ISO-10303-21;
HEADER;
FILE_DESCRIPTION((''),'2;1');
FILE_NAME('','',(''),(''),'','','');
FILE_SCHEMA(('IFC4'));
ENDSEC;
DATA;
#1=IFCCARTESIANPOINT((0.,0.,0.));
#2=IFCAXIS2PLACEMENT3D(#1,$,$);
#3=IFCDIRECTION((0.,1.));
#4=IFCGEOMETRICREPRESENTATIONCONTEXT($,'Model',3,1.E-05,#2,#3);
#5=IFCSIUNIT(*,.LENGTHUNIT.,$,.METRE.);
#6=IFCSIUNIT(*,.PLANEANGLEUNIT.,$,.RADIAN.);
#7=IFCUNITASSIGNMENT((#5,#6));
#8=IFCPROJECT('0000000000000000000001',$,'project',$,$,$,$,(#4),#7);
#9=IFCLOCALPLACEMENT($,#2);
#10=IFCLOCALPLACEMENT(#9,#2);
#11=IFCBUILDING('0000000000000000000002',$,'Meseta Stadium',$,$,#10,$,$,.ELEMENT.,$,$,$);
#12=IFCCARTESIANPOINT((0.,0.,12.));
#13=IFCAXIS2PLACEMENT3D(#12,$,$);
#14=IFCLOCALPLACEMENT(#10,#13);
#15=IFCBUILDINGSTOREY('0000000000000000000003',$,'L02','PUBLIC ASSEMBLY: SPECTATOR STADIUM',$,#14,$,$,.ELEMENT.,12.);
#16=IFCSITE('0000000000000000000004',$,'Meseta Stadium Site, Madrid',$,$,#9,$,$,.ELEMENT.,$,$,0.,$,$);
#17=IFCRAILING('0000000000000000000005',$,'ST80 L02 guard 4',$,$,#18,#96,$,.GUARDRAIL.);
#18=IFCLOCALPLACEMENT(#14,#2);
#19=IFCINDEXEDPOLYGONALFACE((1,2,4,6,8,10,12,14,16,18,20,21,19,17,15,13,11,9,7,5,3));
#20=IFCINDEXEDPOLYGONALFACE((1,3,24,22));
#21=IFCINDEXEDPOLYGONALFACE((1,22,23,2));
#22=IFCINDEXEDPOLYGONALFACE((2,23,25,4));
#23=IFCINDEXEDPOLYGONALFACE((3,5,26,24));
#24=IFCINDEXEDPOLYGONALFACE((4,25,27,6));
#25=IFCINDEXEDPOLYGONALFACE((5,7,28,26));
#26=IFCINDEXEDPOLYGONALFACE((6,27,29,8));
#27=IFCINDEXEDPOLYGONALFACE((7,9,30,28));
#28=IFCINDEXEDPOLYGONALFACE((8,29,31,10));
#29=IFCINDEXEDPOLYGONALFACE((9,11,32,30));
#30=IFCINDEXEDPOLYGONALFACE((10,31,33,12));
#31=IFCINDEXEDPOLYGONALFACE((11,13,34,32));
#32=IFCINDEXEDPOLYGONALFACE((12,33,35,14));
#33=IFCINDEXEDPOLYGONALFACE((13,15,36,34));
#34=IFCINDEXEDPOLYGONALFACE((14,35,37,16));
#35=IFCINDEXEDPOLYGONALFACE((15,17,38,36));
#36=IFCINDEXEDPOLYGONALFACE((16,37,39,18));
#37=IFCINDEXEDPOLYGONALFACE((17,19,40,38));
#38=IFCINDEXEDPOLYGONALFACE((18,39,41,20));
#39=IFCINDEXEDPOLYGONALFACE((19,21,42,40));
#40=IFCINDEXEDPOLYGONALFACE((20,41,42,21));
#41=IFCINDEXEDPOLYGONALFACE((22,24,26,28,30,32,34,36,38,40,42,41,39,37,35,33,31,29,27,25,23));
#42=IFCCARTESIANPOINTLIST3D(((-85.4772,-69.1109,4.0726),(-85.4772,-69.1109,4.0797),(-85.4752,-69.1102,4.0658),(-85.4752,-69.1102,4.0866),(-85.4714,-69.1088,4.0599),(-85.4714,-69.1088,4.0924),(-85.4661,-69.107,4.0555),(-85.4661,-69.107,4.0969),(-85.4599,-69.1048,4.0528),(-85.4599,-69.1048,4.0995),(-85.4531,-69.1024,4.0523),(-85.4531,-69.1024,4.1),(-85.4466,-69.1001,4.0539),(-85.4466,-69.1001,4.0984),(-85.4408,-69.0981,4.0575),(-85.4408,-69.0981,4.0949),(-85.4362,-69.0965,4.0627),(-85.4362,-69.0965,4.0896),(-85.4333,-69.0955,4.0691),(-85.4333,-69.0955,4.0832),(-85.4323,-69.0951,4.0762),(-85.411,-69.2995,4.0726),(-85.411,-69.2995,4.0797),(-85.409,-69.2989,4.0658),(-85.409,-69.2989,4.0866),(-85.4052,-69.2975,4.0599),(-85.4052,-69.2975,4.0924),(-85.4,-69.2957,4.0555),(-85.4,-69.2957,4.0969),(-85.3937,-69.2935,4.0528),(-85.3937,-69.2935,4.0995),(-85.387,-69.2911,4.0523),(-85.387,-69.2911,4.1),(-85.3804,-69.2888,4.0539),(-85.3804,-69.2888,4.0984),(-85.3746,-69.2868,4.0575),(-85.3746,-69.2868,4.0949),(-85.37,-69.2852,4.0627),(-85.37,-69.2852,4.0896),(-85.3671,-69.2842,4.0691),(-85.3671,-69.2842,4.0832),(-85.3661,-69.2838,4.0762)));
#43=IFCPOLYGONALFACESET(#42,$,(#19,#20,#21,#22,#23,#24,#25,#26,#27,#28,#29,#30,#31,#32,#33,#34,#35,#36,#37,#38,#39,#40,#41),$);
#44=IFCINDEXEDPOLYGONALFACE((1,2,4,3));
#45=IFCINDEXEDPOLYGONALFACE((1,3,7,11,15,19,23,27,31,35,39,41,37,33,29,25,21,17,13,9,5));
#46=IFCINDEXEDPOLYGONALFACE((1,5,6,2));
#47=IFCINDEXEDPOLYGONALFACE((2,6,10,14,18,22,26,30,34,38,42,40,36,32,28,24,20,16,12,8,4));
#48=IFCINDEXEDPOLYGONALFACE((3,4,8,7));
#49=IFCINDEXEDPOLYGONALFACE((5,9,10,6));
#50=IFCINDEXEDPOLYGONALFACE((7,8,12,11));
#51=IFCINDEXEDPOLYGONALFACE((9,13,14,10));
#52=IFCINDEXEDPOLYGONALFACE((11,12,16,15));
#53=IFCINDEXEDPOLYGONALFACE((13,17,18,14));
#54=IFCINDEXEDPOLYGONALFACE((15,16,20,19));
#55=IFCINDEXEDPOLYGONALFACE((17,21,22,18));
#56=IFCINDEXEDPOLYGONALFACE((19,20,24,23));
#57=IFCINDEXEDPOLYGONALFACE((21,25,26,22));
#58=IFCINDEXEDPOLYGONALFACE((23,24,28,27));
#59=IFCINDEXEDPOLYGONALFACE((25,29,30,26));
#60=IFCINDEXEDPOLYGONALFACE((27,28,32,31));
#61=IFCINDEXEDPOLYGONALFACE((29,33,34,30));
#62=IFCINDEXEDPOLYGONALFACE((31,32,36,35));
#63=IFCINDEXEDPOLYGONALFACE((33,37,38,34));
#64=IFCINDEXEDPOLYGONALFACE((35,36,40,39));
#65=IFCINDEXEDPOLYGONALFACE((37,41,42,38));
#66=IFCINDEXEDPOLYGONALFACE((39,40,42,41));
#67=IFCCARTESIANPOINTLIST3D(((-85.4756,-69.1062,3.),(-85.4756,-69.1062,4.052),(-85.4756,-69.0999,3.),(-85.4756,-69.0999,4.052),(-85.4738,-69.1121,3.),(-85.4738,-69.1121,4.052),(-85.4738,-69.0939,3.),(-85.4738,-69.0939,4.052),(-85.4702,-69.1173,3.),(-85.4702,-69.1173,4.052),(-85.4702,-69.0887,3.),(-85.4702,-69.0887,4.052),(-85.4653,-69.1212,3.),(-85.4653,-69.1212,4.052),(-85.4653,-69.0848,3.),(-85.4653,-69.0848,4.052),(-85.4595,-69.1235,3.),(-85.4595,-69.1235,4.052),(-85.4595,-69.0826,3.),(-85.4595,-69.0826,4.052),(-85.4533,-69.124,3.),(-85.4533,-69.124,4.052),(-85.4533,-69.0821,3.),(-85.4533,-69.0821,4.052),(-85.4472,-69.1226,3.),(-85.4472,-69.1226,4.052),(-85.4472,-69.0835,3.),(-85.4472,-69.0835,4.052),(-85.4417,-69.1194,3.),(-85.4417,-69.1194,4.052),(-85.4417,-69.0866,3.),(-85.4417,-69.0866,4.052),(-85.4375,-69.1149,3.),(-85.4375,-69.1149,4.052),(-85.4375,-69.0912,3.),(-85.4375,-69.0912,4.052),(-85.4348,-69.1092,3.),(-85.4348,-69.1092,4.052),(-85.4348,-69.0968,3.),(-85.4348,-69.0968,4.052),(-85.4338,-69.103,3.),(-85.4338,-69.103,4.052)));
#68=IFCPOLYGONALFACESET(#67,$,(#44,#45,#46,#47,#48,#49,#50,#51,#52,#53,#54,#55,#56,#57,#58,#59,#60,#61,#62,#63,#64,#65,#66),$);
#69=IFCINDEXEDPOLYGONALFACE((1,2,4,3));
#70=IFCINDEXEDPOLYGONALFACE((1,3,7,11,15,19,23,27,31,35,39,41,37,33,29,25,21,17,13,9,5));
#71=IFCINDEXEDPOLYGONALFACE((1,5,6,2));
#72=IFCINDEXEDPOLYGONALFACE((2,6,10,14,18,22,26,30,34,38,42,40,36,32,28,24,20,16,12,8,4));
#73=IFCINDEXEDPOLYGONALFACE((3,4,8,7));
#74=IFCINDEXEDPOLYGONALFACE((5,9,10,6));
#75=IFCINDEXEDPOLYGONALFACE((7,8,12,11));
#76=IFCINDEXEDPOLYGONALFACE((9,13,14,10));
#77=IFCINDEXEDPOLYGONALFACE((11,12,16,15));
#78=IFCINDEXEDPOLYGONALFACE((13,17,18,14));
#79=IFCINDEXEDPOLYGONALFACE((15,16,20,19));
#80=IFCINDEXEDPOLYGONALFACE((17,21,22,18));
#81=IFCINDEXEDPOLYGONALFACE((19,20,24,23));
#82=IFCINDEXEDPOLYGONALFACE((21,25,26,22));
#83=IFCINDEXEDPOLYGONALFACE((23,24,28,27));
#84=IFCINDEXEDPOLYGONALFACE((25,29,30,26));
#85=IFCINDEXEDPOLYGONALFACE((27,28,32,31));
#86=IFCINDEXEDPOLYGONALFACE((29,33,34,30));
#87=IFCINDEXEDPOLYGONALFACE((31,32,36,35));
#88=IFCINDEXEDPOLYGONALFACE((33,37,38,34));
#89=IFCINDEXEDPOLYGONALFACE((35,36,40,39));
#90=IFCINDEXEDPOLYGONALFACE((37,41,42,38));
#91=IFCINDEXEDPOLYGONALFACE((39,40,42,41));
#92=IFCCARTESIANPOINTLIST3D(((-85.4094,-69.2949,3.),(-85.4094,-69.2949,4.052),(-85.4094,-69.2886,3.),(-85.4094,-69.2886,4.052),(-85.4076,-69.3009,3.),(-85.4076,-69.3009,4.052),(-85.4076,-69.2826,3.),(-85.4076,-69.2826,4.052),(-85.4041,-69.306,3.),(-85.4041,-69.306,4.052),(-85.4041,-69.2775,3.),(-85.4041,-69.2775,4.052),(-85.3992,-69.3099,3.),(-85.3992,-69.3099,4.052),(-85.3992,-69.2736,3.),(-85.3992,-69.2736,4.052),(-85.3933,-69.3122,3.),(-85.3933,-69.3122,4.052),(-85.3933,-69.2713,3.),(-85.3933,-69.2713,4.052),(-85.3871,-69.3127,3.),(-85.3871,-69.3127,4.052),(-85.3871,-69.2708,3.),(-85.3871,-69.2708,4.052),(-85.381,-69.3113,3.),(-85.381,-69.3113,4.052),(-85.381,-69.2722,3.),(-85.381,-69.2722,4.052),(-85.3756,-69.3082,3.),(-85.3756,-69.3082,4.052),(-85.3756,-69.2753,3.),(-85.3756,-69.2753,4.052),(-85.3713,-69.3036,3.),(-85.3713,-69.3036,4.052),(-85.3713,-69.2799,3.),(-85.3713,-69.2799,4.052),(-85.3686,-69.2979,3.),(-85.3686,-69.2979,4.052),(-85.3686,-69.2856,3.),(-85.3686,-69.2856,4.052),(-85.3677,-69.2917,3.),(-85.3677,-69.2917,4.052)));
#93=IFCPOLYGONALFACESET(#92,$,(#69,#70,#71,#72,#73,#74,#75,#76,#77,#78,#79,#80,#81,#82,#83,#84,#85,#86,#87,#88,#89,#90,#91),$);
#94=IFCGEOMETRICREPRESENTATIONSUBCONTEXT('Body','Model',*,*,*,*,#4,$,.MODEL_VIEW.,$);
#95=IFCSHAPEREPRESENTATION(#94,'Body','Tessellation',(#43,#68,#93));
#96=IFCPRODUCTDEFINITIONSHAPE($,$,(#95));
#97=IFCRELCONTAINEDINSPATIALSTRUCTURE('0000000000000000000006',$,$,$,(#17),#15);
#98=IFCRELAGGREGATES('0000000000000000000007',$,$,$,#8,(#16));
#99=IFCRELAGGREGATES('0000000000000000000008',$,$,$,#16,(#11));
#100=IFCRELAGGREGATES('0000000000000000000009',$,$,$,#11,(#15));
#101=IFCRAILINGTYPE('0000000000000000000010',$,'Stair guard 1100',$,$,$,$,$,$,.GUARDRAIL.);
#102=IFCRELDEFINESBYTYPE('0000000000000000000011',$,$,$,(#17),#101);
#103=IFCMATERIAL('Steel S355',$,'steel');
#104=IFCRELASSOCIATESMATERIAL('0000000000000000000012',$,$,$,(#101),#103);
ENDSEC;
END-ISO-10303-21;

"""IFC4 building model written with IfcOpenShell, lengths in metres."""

from ifc_helpers import new_model, si_unit, direction, frame, origin, origin_2d, place, context, subcontext, project, spatial, circle, extrude, material, type_object, element, save


model = new_model("IFC4")

# Units and contexts
model_context = context("Model", 3, precision=1e-05, world=origin(), true_north=direction((0.0, 1.0)))
body_context = subcontext(model_context, "Body", "Model", "MODEL_VIEW")
ifc_project = project(units=[si_unit("LENGTHUNIT", "METRE"), si_unit("PLANEANGLEUNIT", "RADIAN")], contexts=[model_context])

# Site, building, storey
site_placement = place(None, origin())
site = spatial("IfcSite", under=ifc_project, at=site_placement, Name="Meseta Stadium Site, Madrid", CompositionType="ELEMENT", RefElevation=0.0)
building_placement = place(site_placement, origin())
building = spatial("IfcBuilding", under=site, at=building_placement, Name="Meseta Stadium", CompositionType="ELEMENT")
storey_placement = place(building_placement, frame((0.0, 0.0, 12.0)))
storey = spatial("IfcBuildingStorey", under=building, at=storey_placement, Name="L02", Description="PUBLIC ASSEMBLY: SPECTATOR STADIUM", CompositionType="ELEMENT", Elevation=12.0)

# Railing
ifc_material_1 = material(Name="Steel S355", Category="steel")
railing_type_1 = type_object("IfcRailingType", Name="Stair guard 1100", PredefinedType="GUARDRAIL", material=ifc_material_1)
railing_1_placement = place(storey_placement, frame((-85.4548, -69.103, 3.0)))
element("IfcRailing", 1, at=railing_1_placement, inside=storey, type_object=railing_type_1, Name="ST80 L02 guard 4", PredefinedType="GUARDRAIL", context=body_context, shape_type="SweptSolid", body=[
    extrude(circle(Radius=0.0239, at=origin_2d()), frame((0.0, 0.0, 1.0762), z_axis=(0.33084, -0.943687, 0.0), x_axis=(0.943687, 0.33084, 0.0)), (0.0, 0.0, 1.0), 0.2),
    extrude(circle(Radius=0.021, at=origin_2d()), origin(), (0.0, 0.0, 1.0), 1.052),
    extrude(circle(Radius=0.021, at=origin_2d()), frame((0.0662, -0.1887, 0.0)), (0.0, 0.0, 1.0), 1.052),
])

save(model, "model.ifc")
